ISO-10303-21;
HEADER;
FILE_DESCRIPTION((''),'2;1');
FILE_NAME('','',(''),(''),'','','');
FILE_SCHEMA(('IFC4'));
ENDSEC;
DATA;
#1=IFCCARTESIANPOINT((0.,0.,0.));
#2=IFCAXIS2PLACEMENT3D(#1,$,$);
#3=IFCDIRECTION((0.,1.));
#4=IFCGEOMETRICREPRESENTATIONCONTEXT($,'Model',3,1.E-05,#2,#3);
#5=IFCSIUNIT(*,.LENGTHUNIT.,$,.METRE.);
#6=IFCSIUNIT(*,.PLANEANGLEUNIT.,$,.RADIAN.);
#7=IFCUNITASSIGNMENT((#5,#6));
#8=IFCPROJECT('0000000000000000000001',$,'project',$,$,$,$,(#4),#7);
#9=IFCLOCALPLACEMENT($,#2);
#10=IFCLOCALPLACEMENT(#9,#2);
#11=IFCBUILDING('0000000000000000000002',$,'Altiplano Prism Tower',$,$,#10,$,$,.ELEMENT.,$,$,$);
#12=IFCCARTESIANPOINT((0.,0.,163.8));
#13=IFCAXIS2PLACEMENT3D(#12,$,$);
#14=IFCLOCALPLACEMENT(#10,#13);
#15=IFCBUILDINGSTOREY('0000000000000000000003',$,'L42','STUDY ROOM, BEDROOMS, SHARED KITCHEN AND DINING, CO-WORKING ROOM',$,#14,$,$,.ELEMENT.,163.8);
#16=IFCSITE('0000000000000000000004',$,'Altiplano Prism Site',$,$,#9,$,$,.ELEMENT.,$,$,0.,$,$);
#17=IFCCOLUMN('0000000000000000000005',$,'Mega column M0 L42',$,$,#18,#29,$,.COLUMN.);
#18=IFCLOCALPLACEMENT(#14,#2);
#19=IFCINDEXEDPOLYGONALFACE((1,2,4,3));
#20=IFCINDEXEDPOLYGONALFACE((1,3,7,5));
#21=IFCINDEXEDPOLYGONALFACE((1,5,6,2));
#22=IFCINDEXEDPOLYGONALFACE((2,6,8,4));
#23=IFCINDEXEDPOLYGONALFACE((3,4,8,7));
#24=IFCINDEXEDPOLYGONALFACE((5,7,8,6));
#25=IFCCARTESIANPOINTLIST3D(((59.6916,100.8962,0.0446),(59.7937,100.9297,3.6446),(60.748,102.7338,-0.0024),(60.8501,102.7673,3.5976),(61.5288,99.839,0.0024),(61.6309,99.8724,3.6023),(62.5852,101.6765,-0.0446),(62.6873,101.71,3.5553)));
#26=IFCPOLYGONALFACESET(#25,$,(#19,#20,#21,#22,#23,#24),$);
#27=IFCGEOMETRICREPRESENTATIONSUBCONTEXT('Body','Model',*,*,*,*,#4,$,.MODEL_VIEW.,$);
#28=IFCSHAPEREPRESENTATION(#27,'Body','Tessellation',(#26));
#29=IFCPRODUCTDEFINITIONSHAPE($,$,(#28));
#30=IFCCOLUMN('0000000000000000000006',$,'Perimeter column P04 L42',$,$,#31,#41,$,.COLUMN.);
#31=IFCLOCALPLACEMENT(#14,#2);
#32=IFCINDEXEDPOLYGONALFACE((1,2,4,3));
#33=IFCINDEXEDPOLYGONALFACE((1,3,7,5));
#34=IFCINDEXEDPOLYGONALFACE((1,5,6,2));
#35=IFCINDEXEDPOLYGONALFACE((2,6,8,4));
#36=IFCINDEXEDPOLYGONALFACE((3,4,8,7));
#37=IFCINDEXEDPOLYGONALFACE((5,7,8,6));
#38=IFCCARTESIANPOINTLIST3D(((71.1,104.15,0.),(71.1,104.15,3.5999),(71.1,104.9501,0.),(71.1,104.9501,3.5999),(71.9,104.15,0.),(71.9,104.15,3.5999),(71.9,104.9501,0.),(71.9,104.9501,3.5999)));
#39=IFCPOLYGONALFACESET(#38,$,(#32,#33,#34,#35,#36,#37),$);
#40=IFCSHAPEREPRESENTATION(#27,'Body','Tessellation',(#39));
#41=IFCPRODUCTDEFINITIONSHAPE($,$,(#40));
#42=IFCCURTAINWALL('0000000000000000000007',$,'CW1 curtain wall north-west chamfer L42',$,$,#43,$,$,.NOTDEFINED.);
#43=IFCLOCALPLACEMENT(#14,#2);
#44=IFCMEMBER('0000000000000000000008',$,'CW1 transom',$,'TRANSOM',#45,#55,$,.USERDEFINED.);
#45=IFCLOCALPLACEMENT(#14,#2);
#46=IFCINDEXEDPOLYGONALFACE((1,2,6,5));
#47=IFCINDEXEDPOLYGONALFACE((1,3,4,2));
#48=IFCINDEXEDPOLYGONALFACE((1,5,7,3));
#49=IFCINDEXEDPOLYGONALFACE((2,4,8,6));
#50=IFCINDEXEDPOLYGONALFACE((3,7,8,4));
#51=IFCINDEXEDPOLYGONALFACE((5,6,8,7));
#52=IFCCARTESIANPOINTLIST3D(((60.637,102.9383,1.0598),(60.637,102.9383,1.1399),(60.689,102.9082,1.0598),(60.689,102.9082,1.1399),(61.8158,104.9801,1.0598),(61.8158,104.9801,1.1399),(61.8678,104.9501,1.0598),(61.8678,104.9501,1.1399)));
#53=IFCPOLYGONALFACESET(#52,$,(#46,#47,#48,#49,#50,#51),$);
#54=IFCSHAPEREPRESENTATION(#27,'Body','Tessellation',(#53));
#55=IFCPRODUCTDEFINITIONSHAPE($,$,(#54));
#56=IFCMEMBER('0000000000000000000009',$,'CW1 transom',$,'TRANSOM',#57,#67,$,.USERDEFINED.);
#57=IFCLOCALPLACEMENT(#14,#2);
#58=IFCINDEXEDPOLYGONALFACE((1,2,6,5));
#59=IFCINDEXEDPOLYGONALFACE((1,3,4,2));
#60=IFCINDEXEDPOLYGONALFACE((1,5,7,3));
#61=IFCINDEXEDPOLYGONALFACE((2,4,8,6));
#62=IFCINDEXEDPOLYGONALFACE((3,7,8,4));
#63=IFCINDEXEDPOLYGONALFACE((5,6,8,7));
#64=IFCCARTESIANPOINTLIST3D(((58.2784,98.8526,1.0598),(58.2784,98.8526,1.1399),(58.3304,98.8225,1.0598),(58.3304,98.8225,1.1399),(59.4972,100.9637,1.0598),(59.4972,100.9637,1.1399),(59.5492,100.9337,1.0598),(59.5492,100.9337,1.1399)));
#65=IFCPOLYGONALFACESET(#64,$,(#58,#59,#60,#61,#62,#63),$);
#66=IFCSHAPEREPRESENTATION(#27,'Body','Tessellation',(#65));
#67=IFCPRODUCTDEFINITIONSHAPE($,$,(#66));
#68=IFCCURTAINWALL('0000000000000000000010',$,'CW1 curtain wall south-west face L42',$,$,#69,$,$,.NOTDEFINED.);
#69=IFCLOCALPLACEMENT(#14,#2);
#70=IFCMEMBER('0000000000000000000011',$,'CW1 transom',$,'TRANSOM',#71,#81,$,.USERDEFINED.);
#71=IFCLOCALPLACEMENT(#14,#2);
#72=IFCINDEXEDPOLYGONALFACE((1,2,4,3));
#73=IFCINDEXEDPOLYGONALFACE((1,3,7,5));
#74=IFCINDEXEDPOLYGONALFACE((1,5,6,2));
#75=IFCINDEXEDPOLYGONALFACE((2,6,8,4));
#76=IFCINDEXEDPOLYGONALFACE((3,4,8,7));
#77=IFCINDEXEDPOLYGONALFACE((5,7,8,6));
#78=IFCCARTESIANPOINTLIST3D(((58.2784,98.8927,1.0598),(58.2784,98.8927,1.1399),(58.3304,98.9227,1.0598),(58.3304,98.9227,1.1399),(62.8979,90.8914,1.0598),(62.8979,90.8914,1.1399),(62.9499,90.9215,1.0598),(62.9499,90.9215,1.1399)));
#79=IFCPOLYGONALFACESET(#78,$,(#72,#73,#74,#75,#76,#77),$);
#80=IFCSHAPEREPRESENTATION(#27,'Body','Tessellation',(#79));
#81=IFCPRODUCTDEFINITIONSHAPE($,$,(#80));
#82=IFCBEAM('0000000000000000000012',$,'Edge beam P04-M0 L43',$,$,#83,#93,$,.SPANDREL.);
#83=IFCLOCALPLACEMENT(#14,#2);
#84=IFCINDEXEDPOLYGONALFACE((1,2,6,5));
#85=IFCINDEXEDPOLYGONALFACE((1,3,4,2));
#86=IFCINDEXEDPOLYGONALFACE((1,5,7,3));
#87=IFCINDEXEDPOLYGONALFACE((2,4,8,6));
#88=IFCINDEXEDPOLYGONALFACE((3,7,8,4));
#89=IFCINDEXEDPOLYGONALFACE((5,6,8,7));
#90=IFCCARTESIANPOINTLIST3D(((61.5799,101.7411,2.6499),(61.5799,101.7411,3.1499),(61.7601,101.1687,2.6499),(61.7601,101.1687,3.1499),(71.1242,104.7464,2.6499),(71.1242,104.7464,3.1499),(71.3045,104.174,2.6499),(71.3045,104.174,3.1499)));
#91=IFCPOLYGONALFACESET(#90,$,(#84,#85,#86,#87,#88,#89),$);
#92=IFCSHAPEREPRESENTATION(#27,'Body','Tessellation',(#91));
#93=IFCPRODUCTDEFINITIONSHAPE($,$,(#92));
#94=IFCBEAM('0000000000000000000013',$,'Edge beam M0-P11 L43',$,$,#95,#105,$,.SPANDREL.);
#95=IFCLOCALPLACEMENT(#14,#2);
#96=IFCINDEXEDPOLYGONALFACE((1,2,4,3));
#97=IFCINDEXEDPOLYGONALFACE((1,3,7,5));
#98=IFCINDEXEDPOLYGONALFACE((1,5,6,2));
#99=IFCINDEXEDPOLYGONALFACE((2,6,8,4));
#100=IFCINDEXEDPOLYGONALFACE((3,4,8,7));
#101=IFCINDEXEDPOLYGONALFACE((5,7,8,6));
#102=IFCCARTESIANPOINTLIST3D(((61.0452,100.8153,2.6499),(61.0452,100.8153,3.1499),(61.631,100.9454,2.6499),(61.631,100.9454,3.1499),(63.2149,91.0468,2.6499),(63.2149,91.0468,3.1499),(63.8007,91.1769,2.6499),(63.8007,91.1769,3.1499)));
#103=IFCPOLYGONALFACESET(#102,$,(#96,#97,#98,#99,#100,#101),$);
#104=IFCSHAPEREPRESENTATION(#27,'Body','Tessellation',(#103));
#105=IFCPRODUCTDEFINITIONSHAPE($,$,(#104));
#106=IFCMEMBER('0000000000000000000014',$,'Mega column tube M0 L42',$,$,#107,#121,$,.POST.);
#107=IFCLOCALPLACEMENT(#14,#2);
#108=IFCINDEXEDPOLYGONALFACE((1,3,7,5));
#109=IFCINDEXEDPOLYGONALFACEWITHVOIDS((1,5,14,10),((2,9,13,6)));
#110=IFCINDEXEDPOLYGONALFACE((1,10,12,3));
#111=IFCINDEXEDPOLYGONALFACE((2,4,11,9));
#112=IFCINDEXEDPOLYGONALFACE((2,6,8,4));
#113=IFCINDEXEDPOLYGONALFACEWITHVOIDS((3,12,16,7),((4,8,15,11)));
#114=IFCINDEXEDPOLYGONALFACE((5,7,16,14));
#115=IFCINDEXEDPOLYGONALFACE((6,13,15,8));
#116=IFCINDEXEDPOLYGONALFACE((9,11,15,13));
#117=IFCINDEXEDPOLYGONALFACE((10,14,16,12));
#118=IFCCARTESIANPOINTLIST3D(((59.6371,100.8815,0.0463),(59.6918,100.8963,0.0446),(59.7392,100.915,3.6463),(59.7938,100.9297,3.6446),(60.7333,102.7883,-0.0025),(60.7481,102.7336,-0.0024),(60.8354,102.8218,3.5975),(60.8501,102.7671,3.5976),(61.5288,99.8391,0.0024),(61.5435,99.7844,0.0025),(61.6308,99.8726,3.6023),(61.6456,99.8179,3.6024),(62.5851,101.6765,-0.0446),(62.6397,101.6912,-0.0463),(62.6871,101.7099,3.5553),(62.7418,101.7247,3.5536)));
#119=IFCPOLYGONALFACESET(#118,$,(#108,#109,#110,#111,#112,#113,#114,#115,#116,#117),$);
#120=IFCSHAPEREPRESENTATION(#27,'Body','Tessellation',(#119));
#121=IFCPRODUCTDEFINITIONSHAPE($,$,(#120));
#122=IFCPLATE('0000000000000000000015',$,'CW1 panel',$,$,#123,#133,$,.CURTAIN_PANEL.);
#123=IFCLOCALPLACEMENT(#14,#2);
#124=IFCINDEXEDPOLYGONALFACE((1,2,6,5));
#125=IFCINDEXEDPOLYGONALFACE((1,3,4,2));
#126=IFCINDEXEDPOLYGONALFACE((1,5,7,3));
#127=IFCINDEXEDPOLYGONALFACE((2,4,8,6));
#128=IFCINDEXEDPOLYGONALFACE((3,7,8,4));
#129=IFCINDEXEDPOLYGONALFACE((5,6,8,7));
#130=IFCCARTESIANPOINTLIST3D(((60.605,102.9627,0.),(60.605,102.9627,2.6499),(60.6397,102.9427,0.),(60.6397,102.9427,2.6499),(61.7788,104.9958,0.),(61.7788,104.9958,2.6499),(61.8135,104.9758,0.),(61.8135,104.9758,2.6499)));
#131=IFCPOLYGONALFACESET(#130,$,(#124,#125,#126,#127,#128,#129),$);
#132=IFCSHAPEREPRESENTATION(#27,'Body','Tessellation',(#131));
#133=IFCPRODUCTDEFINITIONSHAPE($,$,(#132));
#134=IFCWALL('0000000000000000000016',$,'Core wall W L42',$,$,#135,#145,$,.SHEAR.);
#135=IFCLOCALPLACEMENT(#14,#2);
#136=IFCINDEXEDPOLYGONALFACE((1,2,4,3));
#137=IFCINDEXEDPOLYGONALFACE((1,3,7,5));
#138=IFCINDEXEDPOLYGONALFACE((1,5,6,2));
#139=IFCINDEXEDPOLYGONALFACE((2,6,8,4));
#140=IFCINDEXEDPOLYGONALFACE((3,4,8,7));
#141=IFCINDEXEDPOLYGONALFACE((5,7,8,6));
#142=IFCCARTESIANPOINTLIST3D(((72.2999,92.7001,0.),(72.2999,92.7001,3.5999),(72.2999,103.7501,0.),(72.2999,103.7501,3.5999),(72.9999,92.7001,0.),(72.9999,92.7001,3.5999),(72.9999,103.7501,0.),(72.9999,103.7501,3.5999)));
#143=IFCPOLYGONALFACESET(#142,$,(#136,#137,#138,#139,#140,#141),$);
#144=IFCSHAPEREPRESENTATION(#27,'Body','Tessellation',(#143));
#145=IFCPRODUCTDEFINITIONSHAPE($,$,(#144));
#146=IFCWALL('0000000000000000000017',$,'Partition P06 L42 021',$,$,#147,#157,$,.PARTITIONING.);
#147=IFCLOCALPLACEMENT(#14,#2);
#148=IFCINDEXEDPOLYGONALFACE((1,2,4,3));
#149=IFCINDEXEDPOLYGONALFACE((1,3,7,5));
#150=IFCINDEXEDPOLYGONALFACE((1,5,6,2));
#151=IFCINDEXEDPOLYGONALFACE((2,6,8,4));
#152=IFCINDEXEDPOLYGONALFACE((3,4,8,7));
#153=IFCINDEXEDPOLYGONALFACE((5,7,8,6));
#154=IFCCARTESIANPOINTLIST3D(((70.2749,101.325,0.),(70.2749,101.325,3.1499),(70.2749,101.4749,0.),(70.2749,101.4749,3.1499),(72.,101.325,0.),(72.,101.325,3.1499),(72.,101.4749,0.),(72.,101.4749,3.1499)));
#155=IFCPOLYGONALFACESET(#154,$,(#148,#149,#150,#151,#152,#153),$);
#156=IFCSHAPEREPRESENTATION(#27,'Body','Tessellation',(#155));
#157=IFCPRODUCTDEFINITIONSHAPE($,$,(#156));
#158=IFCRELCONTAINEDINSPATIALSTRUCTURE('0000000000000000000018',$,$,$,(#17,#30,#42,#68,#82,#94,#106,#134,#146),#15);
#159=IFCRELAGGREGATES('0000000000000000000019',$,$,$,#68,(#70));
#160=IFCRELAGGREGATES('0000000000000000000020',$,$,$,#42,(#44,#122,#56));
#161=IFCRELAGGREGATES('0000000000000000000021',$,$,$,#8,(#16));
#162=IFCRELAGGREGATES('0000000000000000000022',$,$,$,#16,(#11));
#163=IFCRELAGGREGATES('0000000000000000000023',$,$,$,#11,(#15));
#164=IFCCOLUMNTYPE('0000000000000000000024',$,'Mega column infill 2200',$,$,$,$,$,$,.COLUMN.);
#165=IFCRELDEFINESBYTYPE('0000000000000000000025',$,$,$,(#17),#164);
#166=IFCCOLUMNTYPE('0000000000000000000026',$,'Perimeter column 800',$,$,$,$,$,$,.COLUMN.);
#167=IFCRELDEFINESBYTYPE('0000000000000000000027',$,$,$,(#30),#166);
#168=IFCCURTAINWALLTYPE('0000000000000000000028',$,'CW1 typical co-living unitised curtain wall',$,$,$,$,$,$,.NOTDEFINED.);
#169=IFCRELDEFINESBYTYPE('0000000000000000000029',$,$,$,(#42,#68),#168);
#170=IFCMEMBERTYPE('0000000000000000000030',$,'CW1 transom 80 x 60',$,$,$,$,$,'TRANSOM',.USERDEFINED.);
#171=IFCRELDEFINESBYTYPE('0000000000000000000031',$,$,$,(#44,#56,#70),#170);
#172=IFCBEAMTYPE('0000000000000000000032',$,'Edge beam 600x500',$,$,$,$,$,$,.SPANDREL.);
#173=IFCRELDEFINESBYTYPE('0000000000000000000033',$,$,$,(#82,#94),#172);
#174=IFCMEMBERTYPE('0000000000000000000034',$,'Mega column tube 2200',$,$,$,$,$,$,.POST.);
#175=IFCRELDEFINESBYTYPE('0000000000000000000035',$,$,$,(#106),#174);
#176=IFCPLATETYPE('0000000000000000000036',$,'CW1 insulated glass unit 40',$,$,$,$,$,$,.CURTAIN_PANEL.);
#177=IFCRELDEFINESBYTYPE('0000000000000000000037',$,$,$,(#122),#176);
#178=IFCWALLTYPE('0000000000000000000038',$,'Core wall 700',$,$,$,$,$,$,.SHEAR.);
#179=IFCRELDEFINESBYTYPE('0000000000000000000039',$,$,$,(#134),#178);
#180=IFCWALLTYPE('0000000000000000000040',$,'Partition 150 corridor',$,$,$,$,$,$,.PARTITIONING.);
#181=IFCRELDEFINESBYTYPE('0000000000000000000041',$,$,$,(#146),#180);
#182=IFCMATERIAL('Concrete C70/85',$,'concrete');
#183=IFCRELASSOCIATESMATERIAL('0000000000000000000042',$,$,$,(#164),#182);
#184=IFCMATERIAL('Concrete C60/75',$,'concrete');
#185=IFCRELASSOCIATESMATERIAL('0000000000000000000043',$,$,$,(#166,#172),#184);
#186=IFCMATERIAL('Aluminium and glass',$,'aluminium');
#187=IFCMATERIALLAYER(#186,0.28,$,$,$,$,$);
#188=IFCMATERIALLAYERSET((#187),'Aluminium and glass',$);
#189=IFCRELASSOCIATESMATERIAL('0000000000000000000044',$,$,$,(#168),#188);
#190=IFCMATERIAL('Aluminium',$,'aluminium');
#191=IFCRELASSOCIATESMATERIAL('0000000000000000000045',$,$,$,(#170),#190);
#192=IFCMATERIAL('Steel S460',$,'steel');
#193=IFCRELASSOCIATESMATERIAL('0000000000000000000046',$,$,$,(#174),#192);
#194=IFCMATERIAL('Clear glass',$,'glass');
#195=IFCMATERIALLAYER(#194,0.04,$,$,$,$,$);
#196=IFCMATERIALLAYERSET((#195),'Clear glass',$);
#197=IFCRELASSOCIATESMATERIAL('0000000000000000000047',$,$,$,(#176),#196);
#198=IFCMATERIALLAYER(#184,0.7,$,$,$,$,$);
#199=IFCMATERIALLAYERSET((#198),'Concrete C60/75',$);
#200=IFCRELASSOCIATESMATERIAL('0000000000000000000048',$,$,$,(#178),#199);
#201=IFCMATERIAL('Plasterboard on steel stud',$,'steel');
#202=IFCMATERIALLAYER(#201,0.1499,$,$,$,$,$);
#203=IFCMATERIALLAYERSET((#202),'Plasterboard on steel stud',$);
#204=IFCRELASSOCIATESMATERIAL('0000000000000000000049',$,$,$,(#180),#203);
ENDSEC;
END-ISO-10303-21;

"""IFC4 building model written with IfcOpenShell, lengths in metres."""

from ifc_helpers import new_model, si_unit, direction, frame, frame_2d, origin, origin_2d, place, context, subcontext, project, spatial, rectangle, hollow_rectangle, extrude, material, layer, layer_set, material_profile, profile_set, type_object, element, aggregate, save


model = new_model("IFC4")

# Units and contexts
model_context = context("Model", 3, precision=1e-05, world=origin(), true_north=direction((0.0, 1.0)))
body_context = subcontext(model_context, "Body", "Model", "MODEL_VIEW")
ifc_project = project(units=[si_unit("LENGTHUNIT", "METRE"), si_unit("PLANEANGLEUNIT", "RADIAN")], contexts=[model_context])

# Site, building, storey
site_placement = place(None, origin())
site = spatial("IfcSite", under=ifc_project, at=site_placement, Name="Altiplano Prism Site", CompositionType="ELEMENT", RefElevation=0.0)
building_placement = place(site_placement, origin())
building = spatial("IfcBuilding", under=site, at=building_placement, Name="Altiplano Prism Tower", CompositionType="ELEMENT")
storey_placement = place(building_placement, frame((0.0, 0.0, 163.8)))
storey = spatial("IfcBuildingStorey", under=building, at=storey_placement, Name="L42", Description="STUDY ROOM, BEDROOMS, SHARED KITCHEN AND DINING, CO-WORKING ROOM", CompositionType="ELEMENT", Elevation=163.8)

# Columns
ifc_material_1 = material(Name="Concrete C70/85", Category="concrete")
ifc_material_profile_1 = material_profile(ifc_material_1, rectangle(XDim=2.1201, YDim=2.1201, at=origin_2d()), Name="Mega column infill 2200")
ifc_profile_set_1 = profile_set([ifc_material_profile_1], Name="Concrete C70/85")
column_type_1 = type_object("IfcColumnType", Name="Mega column infill 2200", PredefinedType="COLUMN", material=ifc_profile_set_1)
column_1_placement = place(storey_placement, frame((61.1384, 101.2864, 0.0), z_axis=(0.028336, 0.009287, 0.999555), x_axis=(-0.866551, 0.49869, 0.019932)))
element("IfcColumn", 1, at=column_1_placement, inside=storey, type_object=column_type_1, Name="Mega column M0 L42", PredefinedType="COLUMN", context=body_context, shape_type="SweptSolid", body=[
    extrude(rectangle(XDim=2.1201, YDim=2.1201, at=origin_2d()), origin(), (0.0, 0.0, 1.0), 3.6016),
])
ifc_material_2 = material(Name="Concrete C60/75", Category="concrete")
ifc_material_profile_2 = material_profile(ifc_material_2, rectangle(XDim=0.8, YDim=0.8, at=origin_2d()), Name="Perimeter column 800")
ifc_profile_set_2 = profile_set([ifc_material_profile_2], Name="Concrete C60/75")
column_type_2 = type_object("IfcColumnType", Name="Perimeter column 800", PredefinedType="COLUMN", material=ifc_profile_set_2)
column_2_placement = place(storey_placement, frame((71.5, 104.55, 0.0), z_axis=(0.0, 0.0, 1.0), x_axis=(1.0, 0.0, 0.0)))
element("IfcColumn", 2, at=column_2_placement, inside=storey, type_object=column_type_2, Name="Perimeter column P04 L42", PredefinedType="COLUMN", context=body_context, shape_type="SweptSolid", body=[
    extrude(rectangle(XDim=0.8, YDim=0.8, at=origin_2d()), origin(), (0.0, 0.0, 1.0), 3.5999),
])

# Curtain wall, members
ifc_material_3 = material(Name="Aluminium and glass", Category="aluminium")
ifc_layer_1 = layer(ifc_material_3, 0.28)
ifc_layer_set_1 = layer_set([ifc_layer_1], Name="Aluminium and glass")
curtain_wall_type = type_object("IfcCurtainWallType", Name="CW1 typical co-living unitised curtain wall", PredefinedType="NOTDEFINED", material=ifc_layer_set_1)
curtain_wall_1_placement = place(storey_placement, origin())
curtain_wall_1 = element("IfcCurtainWall", 3, at=curtain_wall_1_placement, inside=storey, type_object=curtain_wall_type, Name="CW1 curtain wall north-west chamfer L42", PredefinedType="NOTDEFINED")
ifc_material_4 = material(Name="Aluminium", Category="aluminium")
ifc_material_profile_3 = material_profile(ifc_material_4, rectangle(XDim=0.0601, YDim=0.0801, at=origin_2d()), Name="CW1 transom 80 x 60")
ifc_profile_set_3 = profile_set([ifc_material_profile_3], Name="Aluminium")
member_type_1 = type_object("IfcMemberType", Name="CW1 transom 80 x 60", ElementType="TRANSOM", PredefinedType="USERDEFINED", material=ifc_profile_set_3)
member_1_placement = place(storey_placement, frame((61.8418, 104.9651, 1.0999), z_axis=(-0.49997, -0.866042, 0.0), x_axis=(0.866042, -0.49997, 0.0)))
member_1 = element("IfcMember", 4, at=member_1_placement, type_object=member_type_1, Name="CW1 transom", ObjectType="TRANSOM", PredefinedType="USERDEFINED", context=body_context, shape_type="SweptSolid", body=[
    extrude(rectangle(XDim=0.0601, YDim=0.0801, at=origin_2d()), origin(), (0.0, 0.0, 1.0), 2.3577),
])
member_2_placement = place(storey_placement, frame((59.5232, 100.9487, 1.0999), z_axis=(-0.499974, -0.86604, 0.0), x_axis=(0.86604, -0.499974, 0.0)))
member_2 = element("IfcMember", 5, at=member_2_placement, type_object=member_type_1, Name="CW1 transom", ObjectType="TRANSOM", PredefinedType="USERDEFINED", context=body_context, shape_type="SweptSolid", body=[
    extrude(rectangle(XDim=0.0601, YDim=0.0801, at=origin_2d()), origin(), (0.0, 0.0, 1.0), 2.4377),
])

# Curtain wall, member
curtain_wall_2_placement = place(storey_placement, origin())
curtain_wall_2 = element("IfcCurtainWall", 6, at=curtain_wall_2_placement, inside=storey, type_object=curtain_wall_type, Name="CW1 curtain wall south-west face L42", PredefinedType="NOTDEFINED")
member_3_placement = place(storey_placement, frame((58.3044, 98.9077, 1.0999), z_axis=(0.49999, -0.866031, 0.0), x_axis=(0.866031, 0.49999, 0.0)))
member_3 = element("IfcMember", 7, at=member_3_placement, type_object=member_type_1, Name="CW1 transom", ObjectType="TRANSOM", PredefinedType="USERDEFINED", context=body_context, shape_type="SweptSolid", body=[
    extrude(rectangle(XDim=0.0601, YDim=0.0801, at=origin_2d()), origin(), (0.0, 0.0, 1.0), 9.239),
])
aggregate(curtain_wall_2, [member_3])

# Beams
ifc_material_profile_4 = material_profile(ifc_material_2, rectangle(XDim=0.6001, YDim=0.5, at=origin_2d()), Name="Edge beam 600x500")
ifc_profile_set_4 = profile_set([ifc_material_profile_4], Name="Concrete C60/75")
beam_type = type_object("IfcBeamType", Name="Edge beam 600x500", PredefinedType="SPANDREL", material=ifc_profile_set_4)
beam_1_placement = place(storey_placement, frame((71.2144, 104.4602, 2.8999), z_axis=(-0.953831, -0.300344, 0.0), x_axis=(0.300344, -0.953831, 0.0)))
element("IfcBeam", 8, at=beam_1_placement, inside=storey, type_object=beam_type, Name="Edge beam P04-M0 L43", PredefinedType="SPANDREL", context=body_context, shape_type="SweptSolid", body=[
    extrude(rectangle(XDim=0.6001, YDim=0.5, at=origin_2d()), origin(), (0.0, 0.0, 1.0), 10.0063),
])
beam_2_placement = place(storey_placement, frame((61.3381, 100.8804, 2.8999), z_axis=(0.216825, -0.976211, 0.0), x_axis=(0.976211, 0.216825, 0.0)))
element("IfcBeam", 9, at=beam_2_placement, inside=storey, type_object=beam_type, Name="Edge beam M0-P11 L43", PredefinedType="SPANDREL", context=body_context, shape_type="SweptSolid", body=[
    extrude(rectangle(XDim=0.6001, YDim=0.5, at=origin_2d()), origin(), (0.0, 0.0, 1.0), 10.0066),
])

# Member
ifc_material_5 = material(Name="Steel S460", Category="steel")
ifc_material_profile_5 = material_profile(ifc_material_5, hollow_rectangle(XDim=2.2, YDim=2.2, WallThickness=0.04, at=origin_2d()), Name="Mega column tube 2200")
ifc_profile_set_5 = profile_set([ifc_material_profile_5], Name="Steel S460")
member_type_2 = type_object("IfcMemberType", Name="Mega column tube 2200", PredefinedType="POST", material=ifc_profile_set_5)
member_4_placement = place(storey_placement, frame((61.1384, 101.2864, 0.0), z_axis=(0.028336, 0.009287, 0.999555), x_axis=(-0.866551, 0.49869, 0.019932)))
element("IfcMember", 10, at=member_4_placement, inside=storey, type_object=member_type_2, Name="Mega column tube M0 L42", PredefinedType="POST", context=body_context, shape_type="SweptSolid", body=[
    extrude(hollow_rectangle(XDim=2.2, YDim=2.2, WallThickness=0.04, at=origin_2d()), origin(), (0.0, 0.0, 1.0), 3.6016),
])

# Plate
ifc_material_6 = material(Name="Clear glass", Category="glass")
ifc_layer_2 = layer(ifc_material_6, 0.04)
ifc_layer_set_2 = layer_set([ifc_layer_2], Name="Clear glass")
plate_type = type_object("IfcPlateType", Name="CW1 insulated glass unit 40", PredefinedType="CURTAIN_PANEL", material=ifc_layer_set_2)
plate_placement = place(storey_placement, frame((61.2092, 103.9692, 0.0), z_axis=(0.0, 0.0, 1.0), x_axis=(-0.5, -0.866025, 0.0)))
plate = element("IfcPlate", 11, at=plate_placement, type_object=plate_type, Name="CW1 panel", PredefinedType="CURTAIN_PANEL", context=body_context, shape_type="SweptSolid", body=[
    extrude(rectangle(XDim=2.3477, YDim=0.04, at=origin_2d()), origin(), (0.0, 0.0, 1.0), 2.6499),
])
aggregate(curtain_wall_1, [member_1, plate, member_2])

# Walls
ifc_layer_3 = layer(ifc_material_2, 0.7)
ifc_layer_set_3 = layer_set([ifc_layer_3], Name="Concrete C60/75")
wall_type_1 = type_object("IfcWallType", Name="Core wall 700", PredefinedType="SHEAR", material=ifc_layer_set_3)
wall_1_placement = place(storey_placement, frame((72.6499, 103.75, 0.0), z_axis=(0.0, 0.0, 1.0), x_axis=(0.0, -1.0, 0.0)))
element("IfcWall", 12, at=wall_1_placement, inside=storey, type_object=wall_type_1, Name="Core wall W L42", PredefinedType="SHEAR", context=body_context, shape_type="SweptSolid", body=[
    extrude(rectangle(XDim=11.05, YDim=0.7, at=frame_2d((5.5249, 0.0))), origin(), (0.0, 0.0, 1.0), 3.5999),
])
ifc_material_7 = material(Name="Plasterboard on steel stud", Category="steel")
ifc_layer_4 = layer(ifc_material_7, 0.1499)
ifc_layer_set_4 = layer_set([ifc_layer_4], Name="Plasterboard on steel stud")
wall_type_2 = type_object("IfcWallType", Name="Partition 150 corridor", PredefinedType="PARTITIONING", material=ifc_layer_set_4)
wall_2_placement = place(storey_placement, frame((72.0, 101.3999, 0.0), z_axis=(0.0, 0.0, 1.0), x_axis=(-1.0, 0.0, 0.0)))
element("IfcWall", 13, at=wall_2_placement, inside=storey, type_object=wall_type_2, Name="Partition P06 L42 021", PredefinedType="PARTITIONING", context=body_context, shape_type="SweptSolid", body=[
    extrude(rectangle(XDim=1.7251, YDim=0.1499, at=frame_2d((0.8625, 0.0))), origin(), (0.0, 0.0, 1.0), 3.1499),
])

save(model, "model.ifc")
